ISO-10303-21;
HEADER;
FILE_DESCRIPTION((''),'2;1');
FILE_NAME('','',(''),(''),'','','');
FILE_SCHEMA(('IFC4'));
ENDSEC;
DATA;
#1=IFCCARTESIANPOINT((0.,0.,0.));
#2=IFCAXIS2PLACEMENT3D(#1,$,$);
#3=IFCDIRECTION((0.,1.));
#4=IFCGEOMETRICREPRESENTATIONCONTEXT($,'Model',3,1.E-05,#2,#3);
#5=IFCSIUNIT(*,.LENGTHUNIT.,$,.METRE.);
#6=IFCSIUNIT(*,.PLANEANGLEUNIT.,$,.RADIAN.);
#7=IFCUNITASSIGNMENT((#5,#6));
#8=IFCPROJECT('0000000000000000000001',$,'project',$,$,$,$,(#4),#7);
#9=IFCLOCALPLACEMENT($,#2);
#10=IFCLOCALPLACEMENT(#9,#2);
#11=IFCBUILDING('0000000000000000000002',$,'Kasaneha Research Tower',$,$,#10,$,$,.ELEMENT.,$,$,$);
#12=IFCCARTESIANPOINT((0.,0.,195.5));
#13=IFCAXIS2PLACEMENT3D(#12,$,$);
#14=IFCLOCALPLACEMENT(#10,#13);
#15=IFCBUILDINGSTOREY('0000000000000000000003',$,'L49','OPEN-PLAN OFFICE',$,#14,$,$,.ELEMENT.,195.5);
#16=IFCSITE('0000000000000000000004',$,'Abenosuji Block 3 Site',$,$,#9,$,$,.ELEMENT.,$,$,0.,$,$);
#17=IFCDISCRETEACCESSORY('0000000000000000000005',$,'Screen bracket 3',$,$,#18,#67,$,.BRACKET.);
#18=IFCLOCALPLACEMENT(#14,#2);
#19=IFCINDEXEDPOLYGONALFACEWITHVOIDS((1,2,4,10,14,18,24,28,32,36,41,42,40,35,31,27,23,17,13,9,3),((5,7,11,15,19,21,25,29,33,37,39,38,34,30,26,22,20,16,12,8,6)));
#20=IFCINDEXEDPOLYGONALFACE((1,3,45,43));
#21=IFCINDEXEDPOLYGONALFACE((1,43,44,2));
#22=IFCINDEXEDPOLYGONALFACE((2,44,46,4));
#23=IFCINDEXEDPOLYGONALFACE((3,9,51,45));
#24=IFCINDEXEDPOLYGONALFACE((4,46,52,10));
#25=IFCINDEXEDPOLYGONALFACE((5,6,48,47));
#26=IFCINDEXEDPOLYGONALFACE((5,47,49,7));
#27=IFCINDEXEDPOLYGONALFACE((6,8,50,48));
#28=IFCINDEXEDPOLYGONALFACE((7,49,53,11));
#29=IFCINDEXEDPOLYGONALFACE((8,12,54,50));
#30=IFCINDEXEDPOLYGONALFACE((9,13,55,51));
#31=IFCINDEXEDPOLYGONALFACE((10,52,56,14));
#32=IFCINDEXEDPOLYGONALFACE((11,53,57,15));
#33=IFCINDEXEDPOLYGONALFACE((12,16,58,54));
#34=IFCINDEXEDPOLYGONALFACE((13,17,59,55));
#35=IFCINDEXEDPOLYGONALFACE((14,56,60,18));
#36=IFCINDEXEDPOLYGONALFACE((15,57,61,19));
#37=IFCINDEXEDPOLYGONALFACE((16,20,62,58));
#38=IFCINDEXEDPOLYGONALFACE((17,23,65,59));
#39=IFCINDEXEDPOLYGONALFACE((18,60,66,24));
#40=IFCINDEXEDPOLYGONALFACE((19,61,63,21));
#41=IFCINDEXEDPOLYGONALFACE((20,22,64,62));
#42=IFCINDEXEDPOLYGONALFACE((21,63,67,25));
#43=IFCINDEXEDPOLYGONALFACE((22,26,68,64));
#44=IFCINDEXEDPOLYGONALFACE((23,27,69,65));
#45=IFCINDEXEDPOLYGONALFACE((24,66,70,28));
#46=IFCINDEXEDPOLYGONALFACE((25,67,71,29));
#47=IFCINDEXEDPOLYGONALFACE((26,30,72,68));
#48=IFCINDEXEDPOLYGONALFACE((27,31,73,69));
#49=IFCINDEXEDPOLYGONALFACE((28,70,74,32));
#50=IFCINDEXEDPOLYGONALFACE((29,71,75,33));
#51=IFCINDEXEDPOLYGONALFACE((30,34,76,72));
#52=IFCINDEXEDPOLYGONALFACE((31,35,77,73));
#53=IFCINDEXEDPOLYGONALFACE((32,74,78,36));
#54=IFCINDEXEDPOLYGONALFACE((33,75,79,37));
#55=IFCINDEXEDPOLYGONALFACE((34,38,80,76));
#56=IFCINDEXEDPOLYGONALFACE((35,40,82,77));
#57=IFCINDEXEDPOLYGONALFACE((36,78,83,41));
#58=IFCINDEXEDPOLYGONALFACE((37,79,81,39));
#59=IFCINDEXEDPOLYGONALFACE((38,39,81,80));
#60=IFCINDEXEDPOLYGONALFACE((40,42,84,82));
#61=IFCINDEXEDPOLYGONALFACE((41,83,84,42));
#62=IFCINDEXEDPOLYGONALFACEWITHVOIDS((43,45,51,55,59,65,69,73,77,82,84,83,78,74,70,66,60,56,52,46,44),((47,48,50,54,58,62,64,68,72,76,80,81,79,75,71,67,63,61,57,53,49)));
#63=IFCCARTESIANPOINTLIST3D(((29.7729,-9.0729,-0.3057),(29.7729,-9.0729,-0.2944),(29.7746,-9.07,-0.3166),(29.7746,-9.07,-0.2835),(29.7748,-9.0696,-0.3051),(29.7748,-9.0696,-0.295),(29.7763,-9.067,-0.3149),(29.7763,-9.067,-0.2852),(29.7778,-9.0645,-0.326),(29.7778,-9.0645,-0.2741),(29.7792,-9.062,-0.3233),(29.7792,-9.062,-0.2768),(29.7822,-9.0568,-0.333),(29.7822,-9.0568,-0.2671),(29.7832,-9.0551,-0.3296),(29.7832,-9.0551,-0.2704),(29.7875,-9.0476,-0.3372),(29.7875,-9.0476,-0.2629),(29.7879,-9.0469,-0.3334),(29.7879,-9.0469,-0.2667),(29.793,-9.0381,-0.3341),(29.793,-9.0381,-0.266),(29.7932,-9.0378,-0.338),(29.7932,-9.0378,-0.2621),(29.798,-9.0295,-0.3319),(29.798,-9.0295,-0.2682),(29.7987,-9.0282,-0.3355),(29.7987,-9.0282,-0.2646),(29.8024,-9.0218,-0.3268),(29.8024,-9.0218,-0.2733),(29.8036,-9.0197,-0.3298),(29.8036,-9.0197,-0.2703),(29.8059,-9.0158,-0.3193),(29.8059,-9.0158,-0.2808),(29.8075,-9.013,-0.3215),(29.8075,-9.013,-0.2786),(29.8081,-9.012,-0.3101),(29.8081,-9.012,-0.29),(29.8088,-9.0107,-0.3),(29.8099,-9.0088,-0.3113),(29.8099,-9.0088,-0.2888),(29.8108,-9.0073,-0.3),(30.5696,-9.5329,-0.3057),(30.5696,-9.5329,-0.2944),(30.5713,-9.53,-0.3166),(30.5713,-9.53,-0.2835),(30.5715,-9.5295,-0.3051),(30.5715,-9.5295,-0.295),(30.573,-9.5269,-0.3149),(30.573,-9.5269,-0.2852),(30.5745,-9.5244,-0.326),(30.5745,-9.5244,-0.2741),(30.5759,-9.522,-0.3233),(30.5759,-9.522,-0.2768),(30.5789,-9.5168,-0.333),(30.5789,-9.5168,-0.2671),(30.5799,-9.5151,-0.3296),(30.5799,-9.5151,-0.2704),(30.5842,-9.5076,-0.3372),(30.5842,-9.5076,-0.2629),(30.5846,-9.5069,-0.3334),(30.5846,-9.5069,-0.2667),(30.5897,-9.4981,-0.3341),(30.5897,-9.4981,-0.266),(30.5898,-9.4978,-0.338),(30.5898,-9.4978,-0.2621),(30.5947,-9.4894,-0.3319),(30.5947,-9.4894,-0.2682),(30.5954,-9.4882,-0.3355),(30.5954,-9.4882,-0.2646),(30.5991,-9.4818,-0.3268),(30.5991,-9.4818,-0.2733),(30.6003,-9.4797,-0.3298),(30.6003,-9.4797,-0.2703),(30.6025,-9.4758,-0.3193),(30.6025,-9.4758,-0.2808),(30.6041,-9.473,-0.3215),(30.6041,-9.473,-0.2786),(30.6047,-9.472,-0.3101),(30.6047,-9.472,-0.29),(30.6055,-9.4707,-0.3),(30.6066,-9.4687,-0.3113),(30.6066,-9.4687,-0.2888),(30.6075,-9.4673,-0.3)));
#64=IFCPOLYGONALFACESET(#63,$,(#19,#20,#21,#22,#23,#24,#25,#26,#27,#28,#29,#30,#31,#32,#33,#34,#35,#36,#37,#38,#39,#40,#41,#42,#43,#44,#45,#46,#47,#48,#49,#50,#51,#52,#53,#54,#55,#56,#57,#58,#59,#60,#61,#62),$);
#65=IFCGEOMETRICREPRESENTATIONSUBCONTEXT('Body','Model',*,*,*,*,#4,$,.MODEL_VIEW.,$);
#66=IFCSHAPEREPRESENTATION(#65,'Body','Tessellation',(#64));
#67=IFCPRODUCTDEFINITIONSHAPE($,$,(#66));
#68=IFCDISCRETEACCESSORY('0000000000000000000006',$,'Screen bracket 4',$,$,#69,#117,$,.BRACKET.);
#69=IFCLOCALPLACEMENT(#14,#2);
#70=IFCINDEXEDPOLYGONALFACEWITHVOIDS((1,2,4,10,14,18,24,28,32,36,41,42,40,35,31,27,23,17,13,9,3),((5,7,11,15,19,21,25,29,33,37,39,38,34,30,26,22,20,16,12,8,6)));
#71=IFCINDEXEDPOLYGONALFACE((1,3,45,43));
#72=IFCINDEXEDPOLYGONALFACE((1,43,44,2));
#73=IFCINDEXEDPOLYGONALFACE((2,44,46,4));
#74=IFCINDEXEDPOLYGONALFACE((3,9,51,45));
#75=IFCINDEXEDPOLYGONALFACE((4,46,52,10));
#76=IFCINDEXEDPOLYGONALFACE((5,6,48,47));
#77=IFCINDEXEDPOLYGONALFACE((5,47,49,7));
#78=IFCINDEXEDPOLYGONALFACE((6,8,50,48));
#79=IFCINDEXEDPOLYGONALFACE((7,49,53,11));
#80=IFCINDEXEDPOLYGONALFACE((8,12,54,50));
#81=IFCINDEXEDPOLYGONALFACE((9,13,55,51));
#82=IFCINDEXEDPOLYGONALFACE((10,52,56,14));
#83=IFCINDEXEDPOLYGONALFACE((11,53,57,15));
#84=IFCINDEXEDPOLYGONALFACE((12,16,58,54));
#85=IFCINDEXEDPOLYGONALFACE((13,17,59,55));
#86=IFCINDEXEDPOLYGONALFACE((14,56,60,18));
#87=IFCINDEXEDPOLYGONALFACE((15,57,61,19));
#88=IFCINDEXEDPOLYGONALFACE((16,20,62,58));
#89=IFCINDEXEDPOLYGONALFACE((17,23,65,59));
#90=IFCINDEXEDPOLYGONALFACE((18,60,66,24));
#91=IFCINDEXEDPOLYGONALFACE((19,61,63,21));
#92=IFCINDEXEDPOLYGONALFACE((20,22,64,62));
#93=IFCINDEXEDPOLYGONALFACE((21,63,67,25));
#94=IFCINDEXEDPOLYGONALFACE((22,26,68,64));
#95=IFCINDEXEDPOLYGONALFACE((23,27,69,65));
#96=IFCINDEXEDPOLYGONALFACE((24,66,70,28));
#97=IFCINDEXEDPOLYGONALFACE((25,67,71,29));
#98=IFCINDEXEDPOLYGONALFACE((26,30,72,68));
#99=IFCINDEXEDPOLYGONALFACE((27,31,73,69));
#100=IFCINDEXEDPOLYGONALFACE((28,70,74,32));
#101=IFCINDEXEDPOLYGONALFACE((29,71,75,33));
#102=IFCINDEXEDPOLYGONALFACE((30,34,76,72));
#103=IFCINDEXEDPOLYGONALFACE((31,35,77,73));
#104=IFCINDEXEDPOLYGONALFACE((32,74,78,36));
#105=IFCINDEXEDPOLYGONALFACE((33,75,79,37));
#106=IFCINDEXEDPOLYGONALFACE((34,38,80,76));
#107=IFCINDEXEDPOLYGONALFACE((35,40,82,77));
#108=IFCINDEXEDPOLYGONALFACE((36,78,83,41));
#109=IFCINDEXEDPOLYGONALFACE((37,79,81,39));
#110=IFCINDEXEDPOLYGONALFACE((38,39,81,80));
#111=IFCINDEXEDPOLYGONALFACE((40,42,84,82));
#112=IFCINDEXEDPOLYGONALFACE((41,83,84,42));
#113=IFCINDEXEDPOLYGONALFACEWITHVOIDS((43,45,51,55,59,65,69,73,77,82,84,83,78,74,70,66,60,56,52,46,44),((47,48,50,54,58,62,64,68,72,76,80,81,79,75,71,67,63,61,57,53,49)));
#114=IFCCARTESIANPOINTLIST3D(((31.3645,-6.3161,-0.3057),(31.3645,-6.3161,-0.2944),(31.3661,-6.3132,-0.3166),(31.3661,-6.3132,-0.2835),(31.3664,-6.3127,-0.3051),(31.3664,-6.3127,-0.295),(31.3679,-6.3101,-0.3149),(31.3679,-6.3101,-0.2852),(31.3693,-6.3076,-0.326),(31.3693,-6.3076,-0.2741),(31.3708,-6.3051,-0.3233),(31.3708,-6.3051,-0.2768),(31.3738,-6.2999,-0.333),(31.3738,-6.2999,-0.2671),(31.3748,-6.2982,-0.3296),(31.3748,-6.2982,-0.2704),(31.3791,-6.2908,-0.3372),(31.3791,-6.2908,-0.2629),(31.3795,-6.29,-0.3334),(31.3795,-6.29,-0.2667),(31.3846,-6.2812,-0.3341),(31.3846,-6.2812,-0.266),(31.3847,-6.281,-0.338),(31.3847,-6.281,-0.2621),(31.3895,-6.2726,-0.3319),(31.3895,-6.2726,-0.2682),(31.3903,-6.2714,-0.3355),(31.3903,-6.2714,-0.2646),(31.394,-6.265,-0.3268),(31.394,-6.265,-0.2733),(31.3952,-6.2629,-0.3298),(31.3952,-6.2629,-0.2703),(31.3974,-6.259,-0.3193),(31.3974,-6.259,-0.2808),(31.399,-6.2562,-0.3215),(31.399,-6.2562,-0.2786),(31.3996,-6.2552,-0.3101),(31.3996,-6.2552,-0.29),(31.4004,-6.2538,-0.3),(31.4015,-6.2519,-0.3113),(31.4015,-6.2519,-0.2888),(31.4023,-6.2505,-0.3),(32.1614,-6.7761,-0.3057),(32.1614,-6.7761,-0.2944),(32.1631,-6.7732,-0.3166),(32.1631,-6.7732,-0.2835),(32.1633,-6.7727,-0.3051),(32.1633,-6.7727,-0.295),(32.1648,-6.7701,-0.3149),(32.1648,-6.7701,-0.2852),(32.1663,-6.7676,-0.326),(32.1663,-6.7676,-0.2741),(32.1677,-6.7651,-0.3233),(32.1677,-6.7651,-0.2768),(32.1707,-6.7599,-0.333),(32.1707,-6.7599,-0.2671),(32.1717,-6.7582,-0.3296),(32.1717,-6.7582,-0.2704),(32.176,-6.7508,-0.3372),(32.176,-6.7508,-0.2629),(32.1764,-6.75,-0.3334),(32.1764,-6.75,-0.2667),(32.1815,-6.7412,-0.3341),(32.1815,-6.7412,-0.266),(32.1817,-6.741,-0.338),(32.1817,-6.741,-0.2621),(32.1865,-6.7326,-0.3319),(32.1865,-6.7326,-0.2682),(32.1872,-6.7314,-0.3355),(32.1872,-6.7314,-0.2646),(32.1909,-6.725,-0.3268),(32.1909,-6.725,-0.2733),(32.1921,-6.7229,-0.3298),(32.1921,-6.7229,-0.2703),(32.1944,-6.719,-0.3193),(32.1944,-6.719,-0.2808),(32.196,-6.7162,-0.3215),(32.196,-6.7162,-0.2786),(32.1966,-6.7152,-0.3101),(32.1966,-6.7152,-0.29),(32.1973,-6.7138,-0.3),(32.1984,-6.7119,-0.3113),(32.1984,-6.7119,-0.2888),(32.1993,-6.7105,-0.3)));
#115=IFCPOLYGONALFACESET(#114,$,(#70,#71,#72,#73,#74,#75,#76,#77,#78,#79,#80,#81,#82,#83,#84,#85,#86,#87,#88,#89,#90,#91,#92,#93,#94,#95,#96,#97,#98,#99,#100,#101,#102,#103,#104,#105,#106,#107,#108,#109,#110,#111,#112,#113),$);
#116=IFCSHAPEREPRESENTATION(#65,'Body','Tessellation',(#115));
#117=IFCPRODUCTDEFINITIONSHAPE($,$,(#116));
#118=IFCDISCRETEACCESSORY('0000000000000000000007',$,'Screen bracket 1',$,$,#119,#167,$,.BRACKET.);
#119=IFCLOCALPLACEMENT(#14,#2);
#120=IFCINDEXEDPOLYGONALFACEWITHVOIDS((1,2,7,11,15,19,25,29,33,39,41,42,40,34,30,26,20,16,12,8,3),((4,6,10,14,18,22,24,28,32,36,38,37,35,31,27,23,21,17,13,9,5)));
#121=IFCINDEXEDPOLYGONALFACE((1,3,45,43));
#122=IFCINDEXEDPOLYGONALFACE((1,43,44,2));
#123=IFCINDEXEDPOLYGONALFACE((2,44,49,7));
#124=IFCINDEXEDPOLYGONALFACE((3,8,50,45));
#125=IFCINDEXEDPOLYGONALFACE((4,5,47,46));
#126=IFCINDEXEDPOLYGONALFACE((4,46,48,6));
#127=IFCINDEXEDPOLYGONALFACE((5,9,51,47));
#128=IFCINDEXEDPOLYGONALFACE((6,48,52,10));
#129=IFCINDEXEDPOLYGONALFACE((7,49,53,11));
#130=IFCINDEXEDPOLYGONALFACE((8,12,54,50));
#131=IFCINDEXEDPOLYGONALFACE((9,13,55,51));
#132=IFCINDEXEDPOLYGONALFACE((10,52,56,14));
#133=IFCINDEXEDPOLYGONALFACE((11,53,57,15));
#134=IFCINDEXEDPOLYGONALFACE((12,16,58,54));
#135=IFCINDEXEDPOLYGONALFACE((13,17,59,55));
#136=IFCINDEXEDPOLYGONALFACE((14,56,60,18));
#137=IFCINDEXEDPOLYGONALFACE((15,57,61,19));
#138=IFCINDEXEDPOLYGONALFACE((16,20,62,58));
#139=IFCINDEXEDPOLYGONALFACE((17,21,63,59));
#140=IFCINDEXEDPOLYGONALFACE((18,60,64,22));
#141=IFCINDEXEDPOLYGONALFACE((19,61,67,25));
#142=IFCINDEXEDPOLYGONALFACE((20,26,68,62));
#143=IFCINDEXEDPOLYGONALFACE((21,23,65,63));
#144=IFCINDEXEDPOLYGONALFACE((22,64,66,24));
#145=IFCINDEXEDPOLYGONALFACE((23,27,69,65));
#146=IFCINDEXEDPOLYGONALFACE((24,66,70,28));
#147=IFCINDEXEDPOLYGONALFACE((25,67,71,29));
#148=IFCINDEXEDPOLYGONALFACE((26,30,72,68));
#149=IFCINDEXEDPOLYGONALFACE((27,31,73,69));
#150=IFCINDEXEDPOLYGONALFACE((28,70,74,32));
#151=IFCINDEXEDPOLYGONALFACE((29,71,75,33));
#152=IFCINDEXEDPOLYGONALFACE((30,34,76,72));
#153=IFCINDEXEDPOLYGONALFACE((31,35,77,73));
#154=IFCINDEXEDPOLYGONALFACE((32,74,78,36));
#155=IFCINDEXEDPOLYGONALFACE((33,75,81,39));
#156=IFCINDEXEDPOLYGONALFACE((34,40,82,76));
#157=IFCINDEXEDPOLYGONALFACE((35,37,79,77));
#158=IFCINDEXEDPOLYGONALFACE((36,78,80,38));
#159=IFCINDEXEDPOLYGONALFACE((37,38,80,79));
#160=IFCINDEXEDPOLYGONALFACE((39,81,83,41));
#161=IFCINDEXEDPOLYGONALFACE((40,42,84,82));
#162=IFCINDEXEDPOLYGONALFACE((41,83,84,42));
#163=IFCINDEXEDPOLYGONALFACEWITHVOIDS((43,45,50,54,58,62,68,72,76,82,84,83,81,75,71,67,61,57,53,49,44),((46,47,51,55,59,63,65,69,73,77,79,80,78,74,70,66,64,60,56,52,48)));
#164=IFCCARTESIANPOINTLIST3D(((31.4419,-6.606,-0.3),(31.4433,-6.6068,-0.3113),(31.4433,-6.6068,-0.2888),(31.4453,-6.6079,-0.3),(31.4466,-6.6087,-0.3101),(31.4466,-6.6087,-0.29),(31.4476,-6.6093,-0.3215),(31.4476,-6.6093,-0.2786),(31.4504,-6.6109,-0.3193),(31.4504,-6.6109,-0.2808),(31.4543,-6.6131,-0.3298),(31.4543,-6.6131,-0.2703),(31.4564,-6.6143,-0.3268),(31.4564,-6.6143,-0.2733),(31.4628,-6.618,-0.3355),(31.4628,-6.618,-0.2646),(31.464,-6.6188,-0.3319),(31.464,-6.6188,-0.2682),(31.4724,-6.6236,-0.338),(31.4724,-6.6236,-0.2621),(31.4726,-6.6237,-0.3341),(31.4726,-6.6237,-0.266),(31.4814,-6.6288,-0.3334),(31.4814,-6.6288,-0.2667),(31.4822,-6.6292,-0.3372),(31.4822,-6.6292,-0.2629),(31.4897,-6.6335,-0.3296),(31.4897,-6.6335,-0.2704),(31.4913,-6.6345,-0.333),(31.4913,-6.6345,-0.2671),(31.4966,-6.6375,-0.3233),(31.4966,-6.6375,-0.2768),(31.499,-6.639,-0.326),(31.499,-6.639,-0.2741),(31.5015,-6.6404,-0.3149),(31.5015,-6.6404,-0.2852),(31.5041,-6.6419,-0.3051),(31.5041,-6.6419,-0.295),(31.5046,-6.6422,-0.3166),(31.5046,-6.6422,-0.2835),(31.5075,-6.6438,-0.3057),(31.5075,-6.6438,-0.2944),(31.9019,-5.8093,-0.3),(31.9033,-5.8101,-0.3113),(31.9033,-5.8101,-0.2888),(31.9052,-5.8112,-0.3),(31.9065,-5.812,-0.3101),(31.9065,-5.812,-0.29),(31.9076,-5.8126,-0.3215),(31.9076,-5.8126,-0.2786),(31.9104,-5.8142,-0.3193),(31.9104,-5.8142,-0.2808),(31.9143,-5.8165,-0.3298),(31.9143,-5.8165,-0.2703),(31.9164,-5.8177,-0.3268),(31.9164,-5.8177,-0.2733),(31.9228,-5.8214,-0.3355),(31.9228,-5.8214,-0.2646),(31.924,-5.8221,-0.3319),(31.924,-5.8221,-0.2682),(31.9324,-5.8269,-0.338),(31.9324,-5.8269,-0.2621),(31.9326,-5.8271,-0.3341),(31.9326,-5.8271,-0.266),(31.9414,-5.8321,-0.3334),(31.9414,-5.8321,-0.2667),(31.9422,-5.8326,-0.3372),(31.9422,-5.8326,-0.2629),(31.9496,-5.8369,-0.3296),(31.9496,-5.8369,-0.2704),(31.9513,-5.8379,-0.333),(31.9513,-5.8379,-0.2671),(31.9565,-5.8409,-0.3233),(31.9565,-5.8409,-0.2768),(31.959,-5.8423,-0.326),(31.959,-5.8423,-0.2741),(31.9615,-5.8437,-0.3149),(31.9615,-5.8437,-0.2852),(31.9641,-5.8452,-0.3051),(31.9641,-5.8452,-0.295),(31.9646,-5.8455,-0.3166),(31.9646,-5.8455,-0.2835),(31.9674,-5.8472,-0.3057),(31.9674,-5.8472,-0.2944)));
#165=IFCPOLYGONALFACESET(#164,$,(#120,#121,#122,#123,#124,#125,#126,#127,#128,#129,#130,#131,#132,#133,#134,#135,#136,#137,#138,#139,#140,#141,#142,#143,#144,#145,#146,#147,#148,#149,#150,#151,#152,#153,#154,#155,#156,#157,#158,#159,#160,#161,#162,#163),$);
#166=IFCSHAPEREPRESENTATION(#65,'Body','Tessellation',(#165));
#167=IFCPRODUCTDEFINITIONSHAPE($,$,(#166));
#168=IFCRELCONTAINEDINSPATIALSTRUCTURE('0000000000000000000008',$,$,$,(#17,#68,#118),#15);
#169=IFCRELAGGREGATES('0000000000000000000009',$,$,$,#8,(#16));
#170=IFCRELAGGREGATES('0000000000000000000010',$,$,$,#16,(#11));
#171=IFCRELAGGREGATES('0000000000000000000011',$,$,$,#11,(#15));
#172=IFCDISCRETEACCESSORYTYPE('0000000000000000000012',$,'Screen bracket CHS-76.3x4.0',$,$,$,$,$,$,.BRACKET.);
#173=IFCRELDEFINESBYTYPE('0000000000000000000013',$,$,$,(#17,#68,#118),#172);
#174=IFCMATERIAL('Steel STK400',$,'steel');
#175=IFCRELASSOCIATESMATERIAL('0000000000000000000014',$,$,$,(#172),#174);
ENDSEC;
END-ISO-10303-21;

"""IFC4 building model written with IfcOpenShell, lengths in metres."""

from ifc_helpers import new_model, si_unit, direction, frame, origin, origin_2d, place, context, subcontext, project, spatial, hollow_circle, extrude, material, material_profile, profile_set, type_object, element, save


model = new_model("IFC4")

# Units and contexts
model_context = context("Model", 3, precision=1e-05, world=origin(), true_north=direction((0.0, 1.0)))
body_context = subcontext(model_context, "Body", "Model", "MODEL_VIEW")
ifc_project = project(units=[si_unit("LENGTHUNIT", "METRE"), si_unit("PLANEANGLEUNIT", "RADIAN")], contexts=[model_context])

# Site, building, storey
site_placement = place(None, origin())
site = spatial("IfcSite", under=ifc_project, at=site_placement, Name="Abenosuji Block 3 Site", CompositionType="ELEMENT", RefElevation=0.0)
building_placement = place(site_placement, origin())
building = spatial("IfcBuilding", under=site, at=building_placement, Name="Kasaneha Research Tower", CompositionType="ELEMENT")
storey_placement = place(building_placement, frame((0.0, 0.0, 195.5)))
storey = spatial("IfcBuildingStorey", under=building, at=storey_placement, Name="L49", Description="OPEN-PLAN OFFICE", CompositionType="ELEMENT", Elevation=195.5)

# Discrete accessories
ifc_material_1 = material(Name="Steel STK400", Category="steel")
ifc_material_profile_1 = material_profile(ifc_material_1, hollow_circle(Radius=0.0381, WallThickness=0.0039, at=origin_2d()), Name="CHS-76.3x4.0")
ifc_profile_set_1 = profile_set([ifc_material_profile_1], Name="Steel STK400")
discrete_accessory_type = type_object("IfcDiscreteAccessoryType", Name="Screen bracket CHS-76.3x4.0", PredefinedType="BRACKET", material=ifc_profile_set_1)
discrete_accessory_1_placement = place(storey_placement, frame((29.7917, -9.0403, -0.3), z_axis=(0.866013, -0.500021, 0.0), x_axis=(0.500021, 0.866013, 0.0)))
element("IfcDiscreteAccessory", 1, at=discrete_accessory_1_placement, inside=storey, type_object=discrete_accessory_type, Name="Screen bracket 3", PredefinedType="BRACKET", context=body_context, shape_type="SweptSolid", body=[
    extrude(hollow_circle(Radius=0.0381, WallThickness=0.0039, at=origin_2d()), origin(), (0.0, 0.0, 1.0), 0.9199),
])
discrete_accessory_2_placement = place(storey_placement, frame((31.3833, -6.2834, -0.3), z_axis=(0.86608, -0.499906, 0.0), x_axis=(0.499906, 0.86608, 0.0)))
element("IfcDiscreteAccessory", 2, at=discrete_accessory_2_placement, inside=storey, type_object=discrete_accessory_type, Name="Screen bracket 4", PredefinedType="BRACKET", context=body_context, shape_type="SweptSolid", body=[
    extrude(hollow_circle(Radius=0.0381, WallThickness=0.0039, at=origin_2d()), origin(), (0.0, 0.0, 1.0), 0.9202),
])
discrete_accessory_3_placement = place(storey_placement, frame((31.4749, -6.625, -0.3), z_axis=(0.500021, 0.866013, 0.0), x_axis=(-0.866013, 0.500021, 0.0)))
element("IfcDiscreteAccessory", 3, at=discrete_accessory_3_placement, inside=storey, type_object=discrete_accessory_type, Name="Screen bracket 1", PredefinedType="BRACKET", context=body_context, shape_type="SweptSolid", body=[
    extrude(hollow_circle(Radius=0.0381, WallThickness=0.0039, at=origin_2d()), origin(), (0.0, 0.0, 1.0), 0.9199),
])

save(model, "model.ifc")
